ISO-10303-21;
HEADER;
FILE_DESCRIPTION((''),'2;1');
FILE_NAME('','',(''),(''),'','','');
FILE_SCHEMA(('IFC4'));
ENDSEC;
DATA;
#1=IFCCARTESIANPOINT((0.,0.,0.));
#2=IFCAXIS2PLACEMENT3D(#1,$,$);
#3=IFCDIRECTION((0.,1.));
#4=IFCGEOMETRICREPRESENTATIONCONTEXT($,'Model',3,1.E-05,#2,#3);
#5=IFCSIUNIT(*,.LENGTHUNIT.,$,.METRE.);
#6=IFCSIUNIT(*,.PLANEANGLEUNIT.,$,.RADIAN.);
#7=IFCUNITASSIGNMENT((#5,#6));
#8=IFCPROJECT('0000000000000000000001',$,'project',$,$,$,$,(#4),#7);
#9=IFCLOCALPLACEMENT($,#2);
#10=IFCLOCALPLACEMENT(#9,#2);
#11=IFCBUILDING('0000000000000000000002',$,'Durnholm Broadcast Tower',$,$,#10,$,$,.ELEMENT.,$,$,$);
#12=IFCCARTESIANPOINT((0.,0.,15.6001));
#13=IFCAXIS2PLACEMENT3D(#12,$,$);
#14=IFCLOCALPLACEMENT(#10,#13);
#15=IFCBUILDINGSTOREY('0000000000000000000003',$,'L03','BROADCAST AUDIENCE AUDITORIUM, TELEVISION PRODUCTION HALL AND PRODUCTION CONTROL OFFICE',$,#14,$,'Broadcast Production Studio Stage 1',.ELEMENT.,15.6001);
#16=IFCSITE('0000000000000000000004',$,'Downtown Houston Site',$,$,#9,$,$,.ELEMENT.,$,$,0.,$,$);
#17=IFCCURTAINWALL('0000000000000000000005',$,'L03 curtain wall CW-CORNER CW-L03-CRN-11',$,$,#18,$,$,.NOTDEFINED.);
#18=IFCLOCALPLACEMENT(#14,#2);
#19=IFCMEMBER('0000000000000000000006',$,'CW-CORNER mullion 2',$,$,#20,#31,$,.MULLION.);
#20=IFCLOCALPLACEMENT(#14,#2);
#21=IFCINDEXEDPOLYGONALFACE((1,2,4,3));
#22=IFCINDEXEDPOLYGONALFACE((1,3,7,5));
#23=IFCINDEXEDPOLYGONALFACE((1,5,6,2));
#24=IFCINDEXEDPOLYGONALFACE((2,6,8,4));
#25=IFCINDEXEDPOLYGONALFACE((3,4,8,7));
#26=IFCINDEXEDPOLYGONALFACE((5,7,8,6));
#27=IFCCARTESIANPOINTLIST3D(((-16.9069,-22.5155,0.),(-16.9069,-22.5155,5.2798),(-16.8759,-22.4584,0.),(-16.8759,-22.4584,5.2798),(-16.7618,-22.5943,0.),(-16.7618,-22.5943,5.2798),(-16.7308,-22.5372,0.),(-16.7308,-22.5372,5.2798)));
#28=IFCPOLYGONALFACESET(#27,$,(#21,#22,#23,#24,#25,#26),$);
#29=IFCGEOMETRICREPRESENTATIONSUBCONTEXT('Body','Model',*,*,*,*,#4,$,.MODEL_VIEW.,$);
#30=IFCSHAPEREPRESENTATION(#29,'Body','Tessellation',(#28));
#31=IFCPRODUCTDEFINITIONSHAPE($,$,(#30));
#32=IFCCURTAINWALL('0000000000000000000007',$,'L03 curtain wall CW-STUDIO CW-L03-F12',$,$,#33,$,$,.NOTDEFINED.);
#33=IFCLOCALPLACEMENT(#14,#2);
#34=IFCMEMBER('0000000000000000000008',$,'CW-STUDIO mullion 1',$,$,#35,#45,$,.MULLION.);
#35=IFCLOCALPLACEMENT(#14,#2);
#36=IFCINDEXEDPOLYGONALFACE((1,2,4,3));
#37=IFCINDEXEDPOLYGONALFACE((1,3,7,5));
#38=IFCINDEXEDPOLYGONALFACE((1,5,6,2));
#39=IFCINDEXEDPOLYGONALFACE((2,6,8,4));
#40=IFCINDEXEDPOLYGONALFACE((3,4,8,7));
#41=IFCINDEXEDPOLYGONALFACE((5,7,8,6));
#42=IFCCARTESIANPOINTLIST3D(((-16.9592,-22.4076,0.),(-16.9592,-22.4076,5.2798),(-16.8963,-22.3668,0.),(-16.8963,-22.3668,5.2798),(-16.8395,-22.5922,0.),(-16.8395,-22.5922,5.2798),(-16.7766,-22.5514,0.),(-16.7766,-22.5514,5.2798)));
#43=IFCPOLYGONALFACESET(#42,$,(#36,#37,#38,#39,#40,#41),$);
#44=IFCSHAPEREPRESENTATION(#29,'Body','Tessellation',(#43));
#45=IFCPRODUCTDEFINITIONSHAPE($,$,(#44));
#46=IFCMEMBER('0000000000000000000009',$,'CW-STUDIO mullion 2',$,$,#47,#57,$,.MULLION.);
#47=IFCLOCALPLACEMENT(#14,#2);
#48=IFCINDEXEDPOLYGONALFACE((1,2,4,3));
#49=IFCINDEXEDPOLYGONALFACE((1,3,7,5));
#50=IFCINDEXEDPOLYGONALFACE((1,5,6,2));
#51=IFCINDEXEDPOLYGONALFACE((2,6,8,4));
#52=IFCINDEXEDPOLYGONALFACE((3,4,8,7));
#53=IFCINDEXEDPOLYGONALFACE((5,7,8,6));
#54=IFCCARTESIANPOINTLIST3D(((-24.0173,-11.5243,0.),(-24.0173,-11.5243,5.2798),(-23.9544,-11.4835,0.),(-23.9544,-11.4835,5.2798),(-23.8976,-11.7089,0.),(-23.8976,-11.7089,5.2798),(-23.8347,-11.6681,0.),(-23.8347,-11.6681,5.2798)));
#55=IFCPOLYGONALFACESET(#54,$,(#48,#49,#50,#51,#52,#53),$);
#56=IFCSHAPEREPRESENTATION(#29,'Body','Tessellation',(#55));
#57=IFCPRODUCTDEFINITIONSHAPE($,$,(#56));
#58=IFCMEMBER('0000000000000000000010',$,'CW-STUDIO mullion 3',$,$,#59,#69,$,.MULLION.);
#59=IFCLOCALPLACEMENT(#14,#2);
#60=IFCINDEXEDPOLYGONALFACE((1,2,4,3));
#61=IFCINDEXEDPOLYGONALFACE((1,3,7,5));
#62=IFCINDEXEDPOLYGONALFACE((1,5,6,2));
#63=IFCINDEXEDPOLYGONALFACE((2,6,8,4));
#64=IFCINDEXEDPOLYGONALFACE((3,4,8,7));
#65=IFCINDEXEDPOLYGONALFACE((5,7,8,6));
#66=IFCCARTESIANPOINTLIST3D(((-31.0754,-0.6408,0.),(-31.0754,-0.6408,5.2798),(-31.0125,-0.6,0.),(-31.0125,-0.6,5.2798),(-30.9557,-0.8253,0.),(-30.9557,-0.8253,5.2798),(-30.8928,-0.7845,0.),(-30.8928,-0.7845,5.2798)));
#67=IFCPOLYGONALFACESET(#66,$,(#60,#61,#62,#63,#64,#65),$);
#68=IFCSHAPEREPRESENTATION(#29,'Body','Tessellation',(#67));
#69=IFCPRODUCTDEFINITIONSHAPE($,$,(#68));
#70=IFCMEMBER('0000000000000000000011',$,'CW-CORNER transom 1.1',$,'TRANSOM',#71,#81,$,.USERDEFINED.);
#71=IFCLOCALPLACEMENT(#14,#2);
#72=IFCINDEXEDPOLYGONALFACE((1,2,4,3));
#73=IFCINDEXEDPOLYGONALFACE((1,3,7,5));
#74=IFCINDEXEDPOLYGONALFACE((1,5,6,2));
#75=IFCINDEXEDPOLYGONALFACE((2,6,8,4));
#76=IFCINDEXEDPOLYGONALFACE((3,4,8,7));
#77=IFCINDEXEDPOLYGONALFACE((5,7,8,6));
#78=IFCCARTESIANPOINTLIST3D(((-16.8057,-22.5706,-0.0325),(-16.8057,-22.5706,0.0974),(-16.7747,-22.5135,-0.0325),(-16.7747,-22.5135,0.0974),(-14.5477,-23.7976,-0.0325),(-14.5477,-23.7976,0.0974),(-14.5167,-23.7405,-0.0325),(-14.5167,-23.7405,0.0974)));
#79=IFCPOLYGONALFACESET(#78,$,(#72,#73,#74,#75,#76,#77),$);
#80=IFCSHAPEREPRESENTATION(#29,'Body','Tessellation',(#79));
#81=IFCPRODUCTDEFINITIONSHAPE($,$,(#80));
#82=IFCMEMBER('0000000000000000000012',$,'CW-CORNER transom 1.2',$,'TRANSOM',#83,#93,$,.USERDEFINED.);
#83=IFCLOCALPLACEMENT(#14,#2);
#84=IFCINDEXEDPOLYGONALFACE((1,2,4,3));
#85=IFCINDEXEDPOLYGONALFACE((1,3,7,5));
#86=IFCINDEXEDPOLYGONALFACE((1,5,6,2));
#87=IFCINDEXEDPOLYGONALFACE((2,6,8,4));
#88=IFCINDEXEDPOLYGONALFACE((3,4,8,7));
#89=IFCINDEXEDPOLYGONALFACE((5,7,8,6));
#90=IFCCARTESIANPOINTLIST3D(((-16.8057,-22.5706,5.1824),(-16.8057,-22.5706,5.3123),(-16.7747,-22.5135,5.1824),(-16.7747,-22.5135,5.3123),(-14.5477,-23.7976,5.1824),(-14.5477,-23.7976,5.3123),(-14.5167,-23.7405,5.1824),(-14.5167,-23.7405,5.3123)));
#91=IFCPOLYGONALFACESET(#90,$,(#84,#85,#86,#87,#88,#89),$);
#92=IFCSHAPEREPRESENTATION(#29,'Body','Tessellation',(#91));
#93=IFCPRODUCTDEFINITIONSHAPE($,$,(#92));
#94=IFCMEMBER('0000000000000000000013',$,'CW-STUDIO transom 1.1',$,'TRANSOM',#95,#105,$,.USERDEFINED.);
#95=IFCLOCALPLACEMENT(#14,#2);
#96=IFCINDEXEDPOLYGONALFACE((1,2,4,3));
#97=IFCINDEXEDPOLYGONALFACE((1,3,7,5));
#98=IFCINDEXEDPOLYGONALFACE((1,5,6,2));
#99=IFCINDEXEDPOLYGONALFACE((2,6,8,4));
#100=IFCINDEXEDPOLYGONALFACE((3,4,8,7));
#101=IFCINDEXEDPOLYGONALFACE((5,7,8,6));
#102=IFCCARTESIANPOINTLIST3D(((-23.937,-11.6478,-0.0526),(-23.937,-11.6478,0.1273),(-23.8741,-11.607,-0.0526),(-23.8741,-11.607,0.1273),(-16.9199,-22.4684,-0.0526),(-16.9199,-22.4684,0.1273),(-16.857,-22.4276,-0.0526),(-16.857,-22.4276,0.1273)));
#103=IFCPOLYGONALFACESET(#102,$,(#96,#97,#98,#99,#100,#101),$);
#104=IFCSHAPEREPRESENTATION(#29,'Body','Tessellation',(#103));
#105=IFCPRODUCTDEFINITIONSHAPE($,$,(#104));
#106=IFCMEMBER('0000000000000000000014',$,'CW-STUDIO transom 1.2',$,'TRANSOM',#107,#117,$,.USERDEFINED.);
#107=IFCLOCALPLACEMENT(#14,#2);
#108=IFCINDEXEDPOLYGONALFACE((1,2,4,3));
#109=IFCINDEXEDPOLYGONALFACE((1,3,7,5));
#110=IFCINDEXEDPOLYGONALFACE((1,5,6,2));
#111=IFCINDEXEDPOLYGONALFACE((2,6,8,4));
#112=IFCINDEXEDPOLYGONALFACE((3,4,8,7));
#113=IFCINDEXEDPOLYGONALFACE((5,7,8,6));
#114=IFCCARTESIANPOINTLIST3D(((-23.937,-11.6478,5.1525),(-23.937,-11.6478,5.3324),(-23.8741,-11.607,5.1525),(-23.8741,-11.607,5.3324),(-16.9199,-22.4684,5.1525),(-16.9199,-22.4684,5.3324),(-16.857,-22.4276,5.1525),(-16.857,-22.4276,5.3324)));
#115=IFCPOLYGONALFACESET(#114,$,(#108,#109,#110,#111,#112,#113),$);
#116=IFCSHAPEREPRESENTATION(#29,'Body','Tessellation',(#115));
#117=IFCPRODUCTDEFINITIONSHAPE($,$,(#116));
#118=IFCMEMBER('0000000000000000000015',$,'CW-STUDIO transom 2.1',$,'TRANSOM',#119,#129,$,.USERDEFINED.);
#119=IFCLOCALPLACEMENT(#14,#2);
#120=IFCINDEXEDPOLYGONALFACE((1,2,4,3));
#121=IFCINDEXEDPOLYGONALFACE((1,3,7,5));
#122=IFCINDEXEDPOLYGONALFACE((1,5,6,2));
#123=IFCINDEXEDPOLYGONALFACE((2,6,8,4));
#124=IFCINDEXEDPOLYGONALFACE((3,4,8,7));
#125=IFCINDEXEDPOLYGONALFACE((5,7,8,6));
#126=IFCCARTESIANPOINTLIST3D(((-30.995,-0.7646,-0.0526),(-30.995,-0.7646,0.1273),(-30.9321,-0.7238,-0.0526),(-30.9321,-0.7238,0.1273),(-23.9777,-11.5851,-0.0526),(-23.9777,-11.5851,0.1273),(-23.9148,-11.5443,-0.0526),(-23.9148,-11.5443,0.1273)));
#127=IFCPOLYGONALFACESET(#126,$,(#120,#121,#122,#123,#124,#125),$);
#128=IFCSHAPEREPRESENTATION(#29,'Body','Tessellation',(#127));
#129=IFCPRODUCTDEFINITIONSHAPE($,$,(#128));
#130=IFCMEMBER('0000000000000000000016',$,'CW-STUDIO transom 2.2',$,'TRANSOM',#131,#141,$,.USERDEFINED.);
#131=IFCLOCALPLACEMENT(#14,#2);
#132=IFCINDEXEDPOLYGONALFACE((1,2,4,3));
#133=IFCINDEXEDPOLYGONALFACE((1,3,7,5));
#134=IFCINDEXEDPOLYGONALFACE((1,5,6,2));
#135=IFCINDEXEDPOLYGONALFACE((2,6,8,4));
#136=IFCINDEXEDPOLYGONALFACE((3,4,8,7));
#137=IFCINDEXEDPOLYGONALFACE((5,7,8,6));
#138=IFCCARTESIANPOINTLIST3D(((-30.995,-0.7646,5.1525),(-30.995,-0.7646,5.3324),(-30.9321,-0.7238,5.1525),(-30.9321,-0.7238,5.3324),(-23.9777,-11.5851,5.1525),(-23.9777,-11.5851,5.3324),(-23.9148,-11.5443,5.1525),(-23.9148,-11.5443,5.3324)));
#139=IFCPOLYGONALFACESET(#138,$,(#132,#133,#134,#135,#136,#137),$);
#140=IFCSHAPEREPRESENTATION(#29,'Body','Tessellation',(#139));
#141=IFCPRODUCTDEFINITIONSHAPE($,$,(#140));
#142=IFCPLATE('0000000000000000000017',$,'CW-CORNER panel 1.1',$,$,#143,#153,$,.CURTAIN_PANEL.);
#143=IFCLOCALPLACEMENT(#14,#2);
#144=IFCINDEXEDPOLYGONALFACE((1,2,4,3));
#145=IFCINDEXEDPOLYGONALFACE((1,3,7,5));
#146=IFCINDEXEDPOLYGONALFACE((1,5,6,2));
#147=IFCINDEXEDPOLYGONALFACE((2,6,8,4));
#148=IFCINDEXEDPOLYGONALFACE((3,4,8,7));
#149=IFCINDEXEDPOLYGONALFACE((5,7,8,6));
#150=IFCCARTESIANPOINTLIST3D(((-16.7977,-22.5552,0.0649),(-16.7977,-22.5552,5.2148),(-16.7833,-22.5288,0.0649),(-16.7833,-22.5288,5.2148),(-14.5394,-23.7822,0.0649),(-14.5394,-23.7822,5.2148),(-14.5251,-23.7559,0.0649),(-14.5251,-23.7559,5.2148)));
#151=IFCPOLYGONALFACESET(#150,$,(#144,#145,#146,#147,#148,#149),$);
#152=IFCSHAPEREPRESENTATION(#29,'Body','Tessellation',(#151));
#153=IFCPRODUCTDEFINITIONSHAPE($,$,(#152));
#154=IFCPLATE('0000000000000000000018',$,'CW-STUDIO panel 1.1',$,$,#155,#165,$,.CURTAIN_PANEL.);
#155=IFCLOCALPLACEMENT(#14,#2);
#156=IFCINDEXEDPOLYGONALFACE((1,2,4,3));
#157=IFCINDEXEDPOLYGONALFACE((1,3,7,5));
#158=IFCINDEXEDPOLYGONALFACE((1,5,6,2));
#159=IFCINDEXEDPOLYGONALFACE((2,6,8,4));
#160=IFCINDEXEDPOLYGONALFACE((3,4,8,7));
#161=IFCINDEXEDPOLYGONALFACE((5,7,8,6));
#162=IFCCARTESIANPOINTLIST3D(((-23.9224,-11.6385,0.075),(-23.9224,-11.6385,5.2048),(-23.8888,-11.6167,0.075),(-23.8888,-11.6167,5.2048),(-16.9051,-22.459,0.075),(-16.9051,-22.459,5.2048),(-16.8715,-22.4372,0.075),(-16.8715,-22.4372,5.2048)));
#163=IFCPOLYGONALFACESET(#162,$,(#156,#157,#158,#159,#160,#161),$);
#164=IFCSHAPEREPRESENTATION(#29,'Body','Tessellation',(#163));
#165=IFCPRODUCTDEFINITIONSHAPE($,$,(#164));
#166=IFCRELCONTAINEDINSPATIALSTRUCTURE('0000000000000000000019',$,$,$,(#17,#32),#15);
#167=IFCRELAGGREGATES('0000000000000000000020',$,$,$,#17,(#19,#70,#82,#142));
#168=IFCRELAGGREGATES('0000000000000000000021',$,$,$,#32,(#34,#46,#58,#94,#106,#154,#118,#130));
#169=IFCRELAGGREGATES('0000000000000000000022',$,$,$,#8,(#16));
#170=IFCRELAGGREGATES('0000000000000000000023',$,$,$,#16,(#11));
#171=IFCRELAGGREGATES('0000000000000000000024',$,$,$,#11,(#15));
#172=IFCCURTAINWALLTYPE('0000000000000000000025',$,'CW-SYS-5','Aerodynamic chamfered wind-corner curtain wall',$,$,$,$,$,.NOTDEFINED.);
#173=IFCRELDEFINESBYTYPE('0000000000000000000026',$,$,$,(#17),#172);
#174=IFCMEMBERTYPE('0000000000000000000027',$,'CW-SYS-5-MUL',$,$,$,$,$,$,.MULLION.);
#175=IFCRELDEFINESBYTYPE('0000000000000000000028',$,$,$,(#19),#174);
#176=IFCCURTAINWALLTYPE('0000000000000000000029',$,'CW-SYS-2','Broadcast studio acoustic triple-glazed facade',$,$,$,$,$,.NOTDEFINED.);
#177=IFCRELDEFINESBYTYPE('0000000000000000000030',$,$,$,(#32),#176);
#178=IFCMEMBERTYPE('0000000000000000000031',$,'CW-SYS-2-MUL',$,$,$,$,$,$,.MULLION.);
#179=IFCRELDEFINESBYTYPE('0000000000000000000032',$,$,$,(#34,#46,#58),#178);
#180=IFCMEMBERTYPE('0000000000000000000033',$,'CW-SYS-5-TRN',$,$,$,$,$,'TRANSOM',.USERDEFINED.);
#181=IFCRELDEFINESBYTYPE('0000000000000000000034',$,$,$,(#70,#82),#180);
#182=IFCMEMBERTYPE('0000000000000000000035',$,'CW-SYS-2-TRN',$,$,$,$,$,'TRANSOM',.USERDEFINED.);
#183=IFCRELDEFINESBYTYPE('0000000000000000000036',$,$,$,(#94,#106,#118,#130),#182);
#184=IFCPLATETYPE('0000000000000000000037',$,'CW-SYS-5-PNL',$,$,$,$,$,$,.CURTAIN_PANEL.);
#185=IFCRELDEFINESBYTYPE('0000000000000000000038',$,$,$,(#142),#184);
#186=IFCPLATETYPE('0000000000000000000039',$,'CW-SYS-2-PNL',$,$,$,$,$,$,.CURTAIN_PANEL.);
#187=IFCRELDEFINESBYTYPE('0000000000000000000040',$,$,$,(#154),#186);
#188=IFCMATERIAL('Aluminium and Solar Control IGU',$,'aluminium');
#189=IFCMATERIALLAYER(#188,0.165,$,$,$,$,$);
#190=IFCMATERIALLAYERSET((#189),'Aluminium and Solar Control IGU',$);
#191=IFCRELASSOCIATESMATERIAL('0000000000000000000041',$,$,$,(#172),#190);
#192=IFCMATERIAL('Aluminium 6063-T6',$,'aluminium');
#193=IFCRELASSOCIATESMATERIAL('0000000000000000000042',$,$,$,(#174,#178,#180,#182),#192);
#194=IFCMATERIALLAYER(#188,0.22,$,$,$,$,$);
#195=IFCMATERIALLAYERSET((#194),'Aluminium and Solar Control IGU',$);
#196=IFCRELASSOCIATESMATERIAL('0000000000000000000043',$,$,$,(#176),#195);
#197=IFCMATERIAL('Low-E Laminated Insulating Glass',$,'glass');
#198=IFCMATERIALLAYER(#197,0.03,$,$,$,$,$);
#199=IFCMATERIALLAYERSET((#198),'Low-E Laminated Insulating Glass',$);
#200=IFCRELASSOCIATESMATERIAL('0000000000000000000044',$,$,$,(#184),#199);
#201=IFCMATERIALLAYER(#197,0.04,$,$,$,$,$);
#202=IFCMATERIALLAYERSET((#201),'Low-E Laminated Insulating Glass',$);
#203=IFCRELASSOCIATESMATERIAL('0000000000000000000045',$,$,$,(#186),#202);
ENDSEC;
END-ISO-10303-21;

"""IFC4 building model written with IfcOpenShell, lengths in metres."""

from ifc_helpers import new_model, si_unit, direction, frame, origin, origin_2d, place, context, subcontext, project, spatial, rectangle, extrude, source, transform, mapped, material, layer, layer_set, material_profile, profile_set, type_object, type_shapes, element, aggregate, save


model = new_model("IFC4")

# Units and contexts
model_context = context("Model", 3, precision=1e-05, world=origin(), true_north=direction((0.0, 1.0)))
body_context = subcontext(model_context, "Body", "Model", "MODEL_VIEW")
ifc_project = project(units=[si_unit("LENGTHUNIT", "METRE"), si_unit("PLANEANGLEUNIT", "RADIAN")], contexts=[model_context])

# Site, building, storey
site_placement = place(None, origin())
site = spatial("IfcSite", under=ifc_project, at=site_placement, Name="Downtown Houston Site", CompositionType="ELEMENT", RefElevation=0.0)
building_placement = place(site_placement, origin())
building = spatial("IfcBuilding", under=site, at=building_placement, Name="Durnholm Broadcast Tower", CompositionType="ELEMENT")
storey_placement = place(building_placement, frame((0.0, 0.0, 15.6001)))
storey = spatial("IfcBuildingStorey", under=building, at=storey_placement, Name="L03", Description="BROADCAST AUDIENCE AUDITORIUM, TELEVISION PRODUCTION HALL AND PRODUCTION CONTROL OFFICE", LongName="Broadcast Production Studio Stage 1", CompositionType="ELEMENT", Elevation=15.6001)

# Curtain walls, members
ifc_material_1 = material(Name="Aluminium and Solar Control IGU", Category="aluminium")
ifc_layer_1 = layer(ifc_material_1, 0.165)
ifc_layer_set_1 = layer_set([ifc_layer_1], Name="Aluminium and Solar Control IGU")
curtain_wall_type_1 = type_object("IfcCurtainWallType", Name="CW-SYS-5", Description="Aerodynamic chamfered wind-corner curtain wall", PredefinedType="NOTDEFINED", material=ifc_layer_set_1)
curtain_wall_1_placement = place(storey_placement, origin())
curtain_wall_1 = element("IfcCurtainWall", 1, at=curtain_wall_1_placement, inside=storey, type_object=curtain_wall_type_1, Name="L03 curtain wall CW-CORNER CW-L03-CRN-11", PredefinedType="NOTDEFINED")
ifc_material_2 = material(Name="Aluminium 6063-T6", Category="aluminium")
ifc_material_profile_1 = material_profile(ifc_material_2, rectangle(XDim=0.0649, YDim=0.165, at=origin_2d()), Name="CWM65X165")
ifc_profile_set_1 = profile_set([ifc_material_profile_1], Name="Aluminium 6063-T6")
member_type_1 = type_object("IfcMemberType", Name="CW-SYS-5-MUL", PredefinedType="MULLION", material=ifc_profile_set_1)
shared_shape_1 = source(origin(), body_context, "Body", "SweptSolid", [
    extrude(rectangle(XDim=0.0649, YDim=0.165, at=origin_2d()), origin(), (0.0, 0.0, 1.0), 5.2798),
])
type_shapes(member_type_1, [shared_shape_1])
member_1_placement = place(storey_placement, frame((-16.8188, -22.5264, 0.0), z_axis=(0.0, 0.0, 1.0), x_axis=(-0.477442, -0.878663, 0.0)))
member_1 = element("IfcMember", 2, at=member_1_placement, type_object=member_type_1, Name="CW-CORNER mullion 2", PredefinedType="MULLION", context=body_context, shape_type="MappedRepresentation", body=[
    mapped(shared_shape_1, transform((0.0, 0.0, 0.0), x_axis=(1.0, 0.0, 0.0), y_axis=(0.0, 1.0, 0.0), z_axis=(0.0, 0.0, 1.0), scale=1.0)),
])
ifc_layer_2 = layer(ifc_material_1, 0.22)
ifc_layer_set_2 = layer_set([ifc_layer_2], Name="Aluminium and Solar Control IGU")
curtain_wall_type_2 = type_object("IfcCurtainWallType", Name="CW-SYS-2", Description="Broadcast studio acoustic triple-glazed facade", PredefinedType="NOTDEFINED", material=ifc_layer_set_2)
curtain_wall_2_placement = place(storey_placement, origin())
curtain_wall_2 = element("IfcCurtainWall", 3, at=curtain_wall_2_placement, inside=storey, type_object=curtain_wall_type_2, Name="L03 curtain wall CW-STUDIO CW-L03-F12", PredefinedType="NOTDEFINED")
ifc_material_profile_2 = material_profile(ifc_material_2, rectangle(XDim=0.075, YDim=0.22, at=origin_2d()), Name="CWM75X220")
ifc_profile_set_2 = profile_set([ifc_material_profile_2], Name="Aluminium 6063-T6")
member_type_2 = type_object("IfcMemberType", Name="CW-SYS-2-MUL", PredefinedType="MULLION", material=ifc_profile_set_2)
shared_shape_2 = source(origin(), body_context, "Body", "SweptSolid", [
    extrude(rectangle(XDim=0.075, YDim=0.22, at=origin_2d()), origin(), (0.0, 0.0, 1.0), 5.2798),
])
type_shapes(member_type_2, [shared_shape_2])
member_2_placement = place(storey_placement, frame((-16.8679, -22.4795, 0.0), z_axis=(0.0, 0.0, 1.0), x_axis=(-0.839009, -0.544117, 0.0)))
member_2 = element("IfcMember", 4, at=member_2_placement, type_object=member_type_2, Name="CW-STUDIO mullion 1", PredefinedType="MULLION", context=body_context, shape_type="MappedRepresentation", body=[
    mapped(shared_shape_2, transform((0.0, 0.0, 0.0), x_axis=(1.0, 0.0, 0.0), y_axis=(0.0, 1.0, 0.0), z_axis=(0.0, 0.0, 1.0), scale=1.0)),
])
member_3_placement = place(storey_placement, frame((-23.926, -11.5962, 0.0), z_axis=(0.0, 0.0, 1.0), x_axis=(-0.839009, -0.544117, 0.0)))
member_3 = element("IfcMember", 5, at=member_3_placement, type_object=member_type_2, Name="CW-STUDIO mullion 2", PredefinedType="MULLION", context=body_context, shape_type="MappedRepresentation", body=[
    mapped(shared_shape_2, transform((0.0, 0.0, 0.0), x_axis=(1.0, 0.0, 0.0), y_axis=(0.0, 1.0, 0.0), z_axis=(0.0, 0.0, 1.0), scale=1.0)),
])
member_4_placement = place(storey_placement, frame((-30.9841, -0.7126, 0.0), z_axis=(0.0, 0.0, 1.0), x_axis=(-0.839009, -0.544117, 0.0)))
member_4 = element("IfcMember", 6, at=member_4_placement, type_object=member_type_2, Name="CW-STUDIO mullion 3", PredefinedType="MULLION", context=body_context, shape_type="MappedRepresentation", body=[
    mapped(shared_shape_2, transform((0.0, 0.0, 0.0), x_axis=(1.0, 0.0, 0.0), y_axis=(0.0, 1.0, 0.0), z_axis=(0.0, 0.0, 1.0), scale=1.0)),
])

# Members
ifc_material_profile_3 = material_profile(ifc_material_2, rectangle(XDim=0.0649, YDim=0.1299, at=origin_2d()), Name="CWT65X130")
ifc_profile_set_3 = profile_set([ifc_material_profile_3], Name="Aluminium 6063-T6")
member_type_3 = type_object("IfcMemberType", Name="CW-SYS-5-TRN", ElementType="TRANSOM", PredefinedType="USERDEFINED", material=ifc_profile_set_3)
shared_shape_3 = source(origin(), body_context, "Body", "SweptSolid", [
    extrude(rectangle(XDim=0.0649, YDim=0.1299, at=origin_2d()), origin(), (0.0, 0.0, 1.0), 2.5698),
])
type_shapes(member_type_3, [shared_shape_3])
member_5_placement = place(storey_placement, frame((-14.5322, -23.769, 0.0325), z_axis=(-0.87865, 0.477467, 0.0), x_axis=(-0.477467, -0.87865, 0.0)))
member_5 = element("IfcMember", 7, at=member_5_placement, type_object=member_type_3, Name="CW-CORNER transom 1.1", ObjectType="TRANSOM", PredefinedType="USERDEFINED", context=body_context, shape_type="MappedRepresentation", body=[
    mapped(shared_shape_3, transform((0.0, 0.0, 0.0), x_axis=(1.0, 0.0, 0.0), y_axis=(0.0, 1.0, 0.0), z_axis=(0.0, 0.0, 1.0), scale=1.0)),
])
member_6_placement = place(storey_placement, frame((-14.5322, -23.769, 5.2473), z_axis=(-0.87865, 0.477467, 0.0), x_axis=(-0.477467, -0.87865, 0.0)))
member_6 = element("IfcMember", 8, at=member_6_placement, type_object=member_type_3, Name="CW-CORNER transom 1.2", ObjectType="TRANSOM", PredefinedType="USERDEFINED", context=body_context, shape_type="MappedRepresentation", body=[
    mapped(shared_shape_3, transform((0.0, 0.0, 0.0), x_axis=(1.0, 0.0, 0.0), y_axis=(0.0, 1.0, 0.0), z_axis=(0.0, 0.0, 1.0), scale=1.0)),
])
ifc_material_profile_4 = material_profile(ifc_material_2, rectangle(XDim=0.075, YDim=0.1799, at=origin_2d()), Name="CWT75X180")
ifc_profile_set_4 = profile_set([ifc_material_profile_4], Name="Aluminium 6063-T6")
member_type_4 = type_object("IfcMemberType", Name="CW-SYS-2-TRN", ElementType="TRANSOM", PredefinedType="USERDEFINED", material=ifc_profile_set_4)
shared_shape_4 = source(origin(), body_context, "Body", "SweptSolid", [
    extrude(rectangle(XDim=0.075, YDim=0.1799, at=origin_2d()), origin(), (0.0, 0.0, 1.0), 12.8967),
])
type_shapes(member_type_4, [shared_shape_4])
member_7_placement = place(storey_placement, frame((-16.8884, -22.448, 0.0374), z_axis=(-0.544101, 0.83902, 0.0), x_axis=(-0.83902, -0.544101, 0.0)))
member_7 = element("IfcMember", 9, at=member_7_placement, type_object=member_type_4, Name="CW-STUDIO transom 1.1", ObjectType="TRANSOM", PredefinedType="USERDEFINED", context=body_context, shape_type="MappedRepresentation", body=[
    mapped(shared_shape_4, transform((0.0, 0.0, 0.0), x_axis=(1.0, 0.0, 0.0), y_axis=(0.0, 1.0, 0.0), z_axis=(0.0, 0.0, 1.0), scale=1.0)),
])
member_8_placement = place(storey_placement, frame((-16.8884, -22.448, 5.2424), z_axis=(-0.544101, 0.83902, 0.0), x_axis=(-0.83902, -0.544101, 0.0)))
member_8 = element("IfcMember", 10, at=member_8_placement, type_object=member_type_4, Name="CW-STUDIO transom 1.2", ObjectType="TRANSOM", PredefinedType="USERDEFINED", context=body_context, shape_type="MappedRepresentation", body=[
    mapped(shared_shape_4, transform((0.0, 0.0, 0.0), x_axis=(1.0, 0.0, 0.0), y_axis=(0.0, 1.0, 0.0), z_axis=(0.0, 0.0, 1.0), scale=1.0)),
])
member_9_placement = place(storey_placement, frame((-23.9463, -11.5647, 0.0374), z_axis=(-0.544114, 0.839011, 0.0), x_axis=(-0.839011, -0.544114, 0.0)))
member_9 = element("IfcMember", 11, at=member_9_placement, type_object=member_type_4, Name="CW-STUDIO transom 2.1", ObjectType="TRANSOM", PredefinedType="USERDEFINED", context=body_context, shape_type="MappedRepresentation", body=[
    mapped(shared_shape_4, transform((0.0, 0.0, 0.0), x_axis=(1.0, 0.0, 0.0), y_axis=(0.0, 1.0, 0.0), z_axis=(0.0, 0.0, 1.0), scale=1.0)),
])
member_10_placement = place(storey_placement, frame((-23.9463, -11.5647, 5.2424), z_axis=(-0.544114, 0.839011, 0.0), x_axis=(-0.839011, -0.544114, 0.0)))
member_10 = element("IfcMember", 12, at=member_10_placement, type_object=member_type_4, Name="CW-STUDIO transom 2.2", ObjectType="TRANSOM", PredefinedType="USERDEFINED", context=body_context, shape_type="MappedRepresentation", body=[
    mapped(shared_shape_4, transform((0.0, 0.0, 0.0), x_axis=(1.0, 0.0, 0.0), y_axis=(0.0, 1.0, 0.0), z_axis=(0.0, 0.0, 1.0), scale=1.0)),
])

# Plates
ifc_material_3 = material(Name="Low-E Laminated Insulating Glass", Category="glass")
ifc_layer_3 = layer(ifc_material_3, 0.03)
ifc_layer_set_3 = layer_set([ifc_layer_3], Name="Low-E Laminated Insulating Glass")
plate_type_1 = type_object("IfcPlateType", Name="CW-SYS-5-PNL", PredefinedType="CURTAIN_PANEL", material=ifc_layer_set_3)
shared_shape_5 = source(origin(), body_context, "Body", "SweptSolid", [
    extrude(rectangle(XDim=2.5701, YDim=0.03, at=origin_2d()), origin(), (0.0, 0.0, 1.0), 5.1499),
])
type_shapes(plate_type_1, [shared_shape_5])
plate_1_placement = place(storey_placement, frame((-15.6614, -23.1555, 0.0649), z_axis=(0.0, 0.0, 1.0), x_axis=(-0.878663, 0.477442, 0.0)))
plate_1 = element("IfcPlate", 13, at=plate_1_placement, type_object=plate_type_1, Name="CW-CORNER panel 1.1", PredefinedType="CURTAIN_PANEL", context=body_context, shape_type="MappedRepresentation", body=[
    mapped(shared_shape_5, transform((0.0, 0.0, 0.0), x_axis=(1.0, 0.0, 0.0), y_axis=(0.0, 1.0, 0.0), z_axis=(0.0, 0.0, 1.0), scale=1.0)),
])
aggregate(curtain_wall_1, [member_1, member_5, member_6, plate_1])
ifc_layer_4 = layer(ifc_material_3, 0.04)
ifc_layer_set_4 = layer_set([ifc_layer_4], Name="Low-E Laminated Insulating Glass")
plate_type_2 = type_object("IfcPlateType", Name="CW-SYS-2-PNL", PredefinedType="CURTAIN_PANEL", material=ifc_layer_set_4)
shared_shape_6 = source(origin(), body_context, "Body", "SweptSolid", [
    extrude(rectangle(XDim=12.8967, YDim=0.04, at=origin_2d()), origin(), (0.0, 0.0, 1.0), 5.1299),
])
type_shapes(plate_type_2, [shared_shape_6])
plate_2_placement = place(storey_placement, frame((-20.397, -17.0378, 0.075), z_axis=(0.0, 0.0, 1.0), x_axis=(-0.544117, 0.839009, 0.0)))
plate_2 = element("IfcPlate", 14, at=plate_2_placement, type_object=plate_type_2, Name="CW-STUDIO panel 1.1", PredefinedType="CURTAIN_PANEL", context=body_context, shape_type="MappedRepresentation", body=[
    mapped(shared_shape_6, transform((0.0, 0.0, 0.0), x_axis=(1.0, 0.0, 0.0), y_axis=(0.0, 1.0, 0.0), z_axis=(0.0, 0.0, 1.0), scale=1.0)),
])
aggregate(curtain_wall_2, [member_2, member_3, member_4, member_7, member_8, plate_2, member_9, member_10])

save(model, "model.ifc")
